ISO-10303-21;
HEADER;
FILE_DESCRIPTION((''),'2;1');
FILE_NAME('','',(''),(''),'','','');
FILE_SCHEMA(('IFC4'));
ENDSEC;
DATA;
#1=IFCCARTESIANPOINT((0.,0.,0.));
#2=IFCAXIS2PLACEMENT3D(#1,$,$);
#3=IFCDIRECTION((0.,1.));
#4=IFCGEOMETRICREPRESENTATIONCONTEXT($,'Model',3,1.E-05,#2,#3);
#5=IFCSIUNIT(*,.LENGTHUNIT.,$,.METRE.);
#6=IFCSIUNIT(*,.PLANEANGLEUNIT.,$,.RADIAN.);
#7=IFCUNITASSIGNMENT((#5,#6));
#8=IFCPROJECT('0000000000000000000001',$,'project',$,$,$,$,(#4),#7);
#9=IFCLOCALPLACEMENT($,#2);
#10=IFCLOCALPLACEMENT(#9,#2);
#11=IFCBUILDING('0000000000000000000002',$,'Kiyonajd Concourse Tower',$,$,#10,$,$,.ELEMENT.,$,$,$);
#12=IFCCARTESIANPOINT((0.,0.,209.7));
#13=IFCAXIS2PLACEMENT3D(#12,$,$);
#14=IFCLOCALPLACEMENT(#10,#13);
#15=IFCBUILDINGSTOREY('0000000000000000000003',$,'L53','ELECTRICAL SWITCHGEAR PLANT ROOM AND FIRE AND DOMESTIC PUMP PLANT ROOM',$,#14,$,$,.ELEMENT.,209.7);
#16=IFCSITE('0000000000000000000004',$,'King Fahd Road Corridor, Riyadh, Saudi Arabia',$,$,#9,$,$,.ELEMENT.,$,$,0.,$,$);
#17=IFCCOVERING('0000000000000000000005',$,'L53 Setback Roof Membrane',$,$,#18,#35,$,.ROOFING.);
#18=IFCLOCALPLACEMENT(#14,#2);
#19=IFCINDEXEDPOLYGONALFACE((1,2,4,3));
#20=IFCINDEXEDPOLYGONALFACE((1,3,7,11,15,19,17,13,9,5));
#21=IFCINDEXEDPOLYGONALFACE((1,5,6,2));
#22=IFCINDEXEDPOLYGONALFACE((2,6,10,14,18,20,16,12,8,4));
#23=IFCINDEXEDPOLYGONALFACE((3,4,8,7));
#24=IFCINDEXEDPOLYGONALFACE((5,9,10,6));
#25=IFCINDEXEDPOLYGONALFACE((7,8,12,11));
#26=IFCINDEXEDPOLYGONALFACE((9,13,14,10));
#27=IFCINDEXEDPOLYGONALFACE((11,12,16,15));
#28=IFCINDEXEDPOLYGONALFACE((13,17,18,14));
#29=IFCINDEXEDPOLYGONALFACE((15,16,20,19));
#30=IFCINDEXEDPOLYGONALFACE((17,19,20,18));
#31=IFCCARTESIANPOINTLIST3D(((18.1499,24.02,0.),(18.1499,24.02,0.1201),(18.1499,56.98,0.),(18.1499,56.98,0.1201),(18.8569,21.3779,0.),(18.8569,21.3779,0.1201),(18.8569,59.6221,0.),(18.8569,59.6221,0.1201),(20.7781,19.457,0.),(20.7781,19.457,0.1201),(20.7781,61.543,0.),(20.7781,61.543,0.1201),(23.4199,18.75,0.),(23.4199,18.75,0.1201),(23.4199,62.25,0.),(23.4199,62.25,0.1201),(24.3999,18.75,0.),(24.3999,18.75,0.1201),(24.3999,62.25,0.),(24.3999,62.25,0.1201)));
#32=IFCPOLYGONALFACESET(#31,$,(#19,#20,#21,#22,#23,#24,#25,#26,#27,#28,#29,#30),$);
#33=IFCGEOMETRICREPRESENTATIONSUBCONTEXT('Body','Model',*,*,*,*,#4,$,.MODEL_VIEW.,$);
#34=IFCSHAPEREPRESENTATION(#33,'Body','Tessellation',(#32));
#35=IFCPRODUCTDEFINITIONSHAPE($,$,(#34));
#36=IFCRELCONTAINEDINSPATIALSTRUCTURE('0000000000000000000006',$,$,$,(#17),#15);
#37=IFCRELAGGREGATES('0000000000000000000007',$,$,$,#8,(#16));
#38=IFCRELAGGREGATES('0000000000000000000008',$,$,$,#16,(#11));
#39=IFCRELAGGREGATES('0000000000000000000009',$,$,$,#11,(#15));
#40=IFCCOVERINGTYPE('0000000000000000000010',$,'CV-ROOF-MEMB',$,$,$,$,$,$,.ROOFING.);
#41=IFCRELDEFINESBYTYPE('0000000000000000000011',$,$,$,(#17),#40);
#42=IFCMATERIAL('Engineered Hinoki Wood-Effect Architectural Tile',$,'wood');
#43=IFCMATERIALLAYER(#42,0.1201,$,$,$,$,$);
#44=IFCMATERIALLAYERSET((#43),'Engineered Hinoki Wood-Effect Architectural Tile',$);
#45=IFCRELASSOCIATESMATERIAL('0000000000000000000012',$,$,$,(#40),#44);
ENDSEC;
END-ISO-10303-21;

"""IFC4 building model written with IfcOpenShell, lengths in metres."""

from ifc_helpers import new_model, si_unit, direction, frame, origin, place, context, subcontext, project, spatial, polyline, outline, extrude, material, layer, layer_set, type_object, element, save


model = new_model("IFC4")

# Units and contexts
model_context = context("Model", 3, precision=1e-05, world=origin(), true_north=direction((0.0, 1.0)))
body_context = subcontext(model_context, "Body", "Model", "MODEL_VIEW")
ifc_project = project(units=[si_unit("LENGTHUNIT", "METRE"), si_unit("PLANEANGLEUNIT", "RADIAN")], contexts=[model_context])

# Site, building, storey
site_placement = place(None, origin())
site = spatial("IfcSite", under=ifc_project, at=site_placement, Name="King Fahd Road Corridor, Riyadh, Saudi Arabia", CompositionType="ELEMENT", RefElevation=0.0)
building_placement = place(site_placement, origin())
building = spatial("IfcBuilding", under=site, at=building_placement, Name="Kiyonajd Concourse Tower", CompositionType="ELEMENT")
storey_placement = place(building_placement, frame((0.0, 0.0, 209.7)))
storey = spatial("IfcBuildingStorey", under=building, at=storey_placement, Name="L53", Description="ELECTRICAL SWITCHGEAR PLANT ROOM AND FIRE AND DOMESTIC PUMP PLANT ROOM", CompositionType="ELEMENT", Elevation=209.7)

# Covering
ifc_material_1 = material(Name="Engineered Hinoki Wood-Effect Architectural Tile", Category="wood")
ifc_layer_1 = layer(ifc_material_1, 0.1201)
ifc_layer_set_1 = layer_set([ifc_layer_1], Name="Engineered Hinoki Wood-Effect Architectural Tile")
covering_type = type_object("IfcCoveringType", Name="CV-ROOF-MEMB", PredefinedType="ROOFING", material=ifc_layer_set_1)
covering_placement = place(storey_placement, origin())
element("IfcCovering", 1, at=covering_placement, inside=storey, type_object=covering_type, Name="L53 Setback Roof Membrane", PredefinedType="ROOFING", context=body_context, shape_type="SweptSolid", body=[
    extrude(outline(polyline([(18.8569, 59.6221), (20.7781, 61.543), (23.4199, 62.25), (24.3999, 62.25), (24.3999, 18.75), (23.4199, 18.75), (20.7781, 19.457), (18.8569, 21.3779), (18.1499, 24.02), (18.1499, 56.98), (18.8569, 59.6221)])), origin(), (0.0, 0.0, 1.0), 0.1201),
])

save(model, "model.ifc")
